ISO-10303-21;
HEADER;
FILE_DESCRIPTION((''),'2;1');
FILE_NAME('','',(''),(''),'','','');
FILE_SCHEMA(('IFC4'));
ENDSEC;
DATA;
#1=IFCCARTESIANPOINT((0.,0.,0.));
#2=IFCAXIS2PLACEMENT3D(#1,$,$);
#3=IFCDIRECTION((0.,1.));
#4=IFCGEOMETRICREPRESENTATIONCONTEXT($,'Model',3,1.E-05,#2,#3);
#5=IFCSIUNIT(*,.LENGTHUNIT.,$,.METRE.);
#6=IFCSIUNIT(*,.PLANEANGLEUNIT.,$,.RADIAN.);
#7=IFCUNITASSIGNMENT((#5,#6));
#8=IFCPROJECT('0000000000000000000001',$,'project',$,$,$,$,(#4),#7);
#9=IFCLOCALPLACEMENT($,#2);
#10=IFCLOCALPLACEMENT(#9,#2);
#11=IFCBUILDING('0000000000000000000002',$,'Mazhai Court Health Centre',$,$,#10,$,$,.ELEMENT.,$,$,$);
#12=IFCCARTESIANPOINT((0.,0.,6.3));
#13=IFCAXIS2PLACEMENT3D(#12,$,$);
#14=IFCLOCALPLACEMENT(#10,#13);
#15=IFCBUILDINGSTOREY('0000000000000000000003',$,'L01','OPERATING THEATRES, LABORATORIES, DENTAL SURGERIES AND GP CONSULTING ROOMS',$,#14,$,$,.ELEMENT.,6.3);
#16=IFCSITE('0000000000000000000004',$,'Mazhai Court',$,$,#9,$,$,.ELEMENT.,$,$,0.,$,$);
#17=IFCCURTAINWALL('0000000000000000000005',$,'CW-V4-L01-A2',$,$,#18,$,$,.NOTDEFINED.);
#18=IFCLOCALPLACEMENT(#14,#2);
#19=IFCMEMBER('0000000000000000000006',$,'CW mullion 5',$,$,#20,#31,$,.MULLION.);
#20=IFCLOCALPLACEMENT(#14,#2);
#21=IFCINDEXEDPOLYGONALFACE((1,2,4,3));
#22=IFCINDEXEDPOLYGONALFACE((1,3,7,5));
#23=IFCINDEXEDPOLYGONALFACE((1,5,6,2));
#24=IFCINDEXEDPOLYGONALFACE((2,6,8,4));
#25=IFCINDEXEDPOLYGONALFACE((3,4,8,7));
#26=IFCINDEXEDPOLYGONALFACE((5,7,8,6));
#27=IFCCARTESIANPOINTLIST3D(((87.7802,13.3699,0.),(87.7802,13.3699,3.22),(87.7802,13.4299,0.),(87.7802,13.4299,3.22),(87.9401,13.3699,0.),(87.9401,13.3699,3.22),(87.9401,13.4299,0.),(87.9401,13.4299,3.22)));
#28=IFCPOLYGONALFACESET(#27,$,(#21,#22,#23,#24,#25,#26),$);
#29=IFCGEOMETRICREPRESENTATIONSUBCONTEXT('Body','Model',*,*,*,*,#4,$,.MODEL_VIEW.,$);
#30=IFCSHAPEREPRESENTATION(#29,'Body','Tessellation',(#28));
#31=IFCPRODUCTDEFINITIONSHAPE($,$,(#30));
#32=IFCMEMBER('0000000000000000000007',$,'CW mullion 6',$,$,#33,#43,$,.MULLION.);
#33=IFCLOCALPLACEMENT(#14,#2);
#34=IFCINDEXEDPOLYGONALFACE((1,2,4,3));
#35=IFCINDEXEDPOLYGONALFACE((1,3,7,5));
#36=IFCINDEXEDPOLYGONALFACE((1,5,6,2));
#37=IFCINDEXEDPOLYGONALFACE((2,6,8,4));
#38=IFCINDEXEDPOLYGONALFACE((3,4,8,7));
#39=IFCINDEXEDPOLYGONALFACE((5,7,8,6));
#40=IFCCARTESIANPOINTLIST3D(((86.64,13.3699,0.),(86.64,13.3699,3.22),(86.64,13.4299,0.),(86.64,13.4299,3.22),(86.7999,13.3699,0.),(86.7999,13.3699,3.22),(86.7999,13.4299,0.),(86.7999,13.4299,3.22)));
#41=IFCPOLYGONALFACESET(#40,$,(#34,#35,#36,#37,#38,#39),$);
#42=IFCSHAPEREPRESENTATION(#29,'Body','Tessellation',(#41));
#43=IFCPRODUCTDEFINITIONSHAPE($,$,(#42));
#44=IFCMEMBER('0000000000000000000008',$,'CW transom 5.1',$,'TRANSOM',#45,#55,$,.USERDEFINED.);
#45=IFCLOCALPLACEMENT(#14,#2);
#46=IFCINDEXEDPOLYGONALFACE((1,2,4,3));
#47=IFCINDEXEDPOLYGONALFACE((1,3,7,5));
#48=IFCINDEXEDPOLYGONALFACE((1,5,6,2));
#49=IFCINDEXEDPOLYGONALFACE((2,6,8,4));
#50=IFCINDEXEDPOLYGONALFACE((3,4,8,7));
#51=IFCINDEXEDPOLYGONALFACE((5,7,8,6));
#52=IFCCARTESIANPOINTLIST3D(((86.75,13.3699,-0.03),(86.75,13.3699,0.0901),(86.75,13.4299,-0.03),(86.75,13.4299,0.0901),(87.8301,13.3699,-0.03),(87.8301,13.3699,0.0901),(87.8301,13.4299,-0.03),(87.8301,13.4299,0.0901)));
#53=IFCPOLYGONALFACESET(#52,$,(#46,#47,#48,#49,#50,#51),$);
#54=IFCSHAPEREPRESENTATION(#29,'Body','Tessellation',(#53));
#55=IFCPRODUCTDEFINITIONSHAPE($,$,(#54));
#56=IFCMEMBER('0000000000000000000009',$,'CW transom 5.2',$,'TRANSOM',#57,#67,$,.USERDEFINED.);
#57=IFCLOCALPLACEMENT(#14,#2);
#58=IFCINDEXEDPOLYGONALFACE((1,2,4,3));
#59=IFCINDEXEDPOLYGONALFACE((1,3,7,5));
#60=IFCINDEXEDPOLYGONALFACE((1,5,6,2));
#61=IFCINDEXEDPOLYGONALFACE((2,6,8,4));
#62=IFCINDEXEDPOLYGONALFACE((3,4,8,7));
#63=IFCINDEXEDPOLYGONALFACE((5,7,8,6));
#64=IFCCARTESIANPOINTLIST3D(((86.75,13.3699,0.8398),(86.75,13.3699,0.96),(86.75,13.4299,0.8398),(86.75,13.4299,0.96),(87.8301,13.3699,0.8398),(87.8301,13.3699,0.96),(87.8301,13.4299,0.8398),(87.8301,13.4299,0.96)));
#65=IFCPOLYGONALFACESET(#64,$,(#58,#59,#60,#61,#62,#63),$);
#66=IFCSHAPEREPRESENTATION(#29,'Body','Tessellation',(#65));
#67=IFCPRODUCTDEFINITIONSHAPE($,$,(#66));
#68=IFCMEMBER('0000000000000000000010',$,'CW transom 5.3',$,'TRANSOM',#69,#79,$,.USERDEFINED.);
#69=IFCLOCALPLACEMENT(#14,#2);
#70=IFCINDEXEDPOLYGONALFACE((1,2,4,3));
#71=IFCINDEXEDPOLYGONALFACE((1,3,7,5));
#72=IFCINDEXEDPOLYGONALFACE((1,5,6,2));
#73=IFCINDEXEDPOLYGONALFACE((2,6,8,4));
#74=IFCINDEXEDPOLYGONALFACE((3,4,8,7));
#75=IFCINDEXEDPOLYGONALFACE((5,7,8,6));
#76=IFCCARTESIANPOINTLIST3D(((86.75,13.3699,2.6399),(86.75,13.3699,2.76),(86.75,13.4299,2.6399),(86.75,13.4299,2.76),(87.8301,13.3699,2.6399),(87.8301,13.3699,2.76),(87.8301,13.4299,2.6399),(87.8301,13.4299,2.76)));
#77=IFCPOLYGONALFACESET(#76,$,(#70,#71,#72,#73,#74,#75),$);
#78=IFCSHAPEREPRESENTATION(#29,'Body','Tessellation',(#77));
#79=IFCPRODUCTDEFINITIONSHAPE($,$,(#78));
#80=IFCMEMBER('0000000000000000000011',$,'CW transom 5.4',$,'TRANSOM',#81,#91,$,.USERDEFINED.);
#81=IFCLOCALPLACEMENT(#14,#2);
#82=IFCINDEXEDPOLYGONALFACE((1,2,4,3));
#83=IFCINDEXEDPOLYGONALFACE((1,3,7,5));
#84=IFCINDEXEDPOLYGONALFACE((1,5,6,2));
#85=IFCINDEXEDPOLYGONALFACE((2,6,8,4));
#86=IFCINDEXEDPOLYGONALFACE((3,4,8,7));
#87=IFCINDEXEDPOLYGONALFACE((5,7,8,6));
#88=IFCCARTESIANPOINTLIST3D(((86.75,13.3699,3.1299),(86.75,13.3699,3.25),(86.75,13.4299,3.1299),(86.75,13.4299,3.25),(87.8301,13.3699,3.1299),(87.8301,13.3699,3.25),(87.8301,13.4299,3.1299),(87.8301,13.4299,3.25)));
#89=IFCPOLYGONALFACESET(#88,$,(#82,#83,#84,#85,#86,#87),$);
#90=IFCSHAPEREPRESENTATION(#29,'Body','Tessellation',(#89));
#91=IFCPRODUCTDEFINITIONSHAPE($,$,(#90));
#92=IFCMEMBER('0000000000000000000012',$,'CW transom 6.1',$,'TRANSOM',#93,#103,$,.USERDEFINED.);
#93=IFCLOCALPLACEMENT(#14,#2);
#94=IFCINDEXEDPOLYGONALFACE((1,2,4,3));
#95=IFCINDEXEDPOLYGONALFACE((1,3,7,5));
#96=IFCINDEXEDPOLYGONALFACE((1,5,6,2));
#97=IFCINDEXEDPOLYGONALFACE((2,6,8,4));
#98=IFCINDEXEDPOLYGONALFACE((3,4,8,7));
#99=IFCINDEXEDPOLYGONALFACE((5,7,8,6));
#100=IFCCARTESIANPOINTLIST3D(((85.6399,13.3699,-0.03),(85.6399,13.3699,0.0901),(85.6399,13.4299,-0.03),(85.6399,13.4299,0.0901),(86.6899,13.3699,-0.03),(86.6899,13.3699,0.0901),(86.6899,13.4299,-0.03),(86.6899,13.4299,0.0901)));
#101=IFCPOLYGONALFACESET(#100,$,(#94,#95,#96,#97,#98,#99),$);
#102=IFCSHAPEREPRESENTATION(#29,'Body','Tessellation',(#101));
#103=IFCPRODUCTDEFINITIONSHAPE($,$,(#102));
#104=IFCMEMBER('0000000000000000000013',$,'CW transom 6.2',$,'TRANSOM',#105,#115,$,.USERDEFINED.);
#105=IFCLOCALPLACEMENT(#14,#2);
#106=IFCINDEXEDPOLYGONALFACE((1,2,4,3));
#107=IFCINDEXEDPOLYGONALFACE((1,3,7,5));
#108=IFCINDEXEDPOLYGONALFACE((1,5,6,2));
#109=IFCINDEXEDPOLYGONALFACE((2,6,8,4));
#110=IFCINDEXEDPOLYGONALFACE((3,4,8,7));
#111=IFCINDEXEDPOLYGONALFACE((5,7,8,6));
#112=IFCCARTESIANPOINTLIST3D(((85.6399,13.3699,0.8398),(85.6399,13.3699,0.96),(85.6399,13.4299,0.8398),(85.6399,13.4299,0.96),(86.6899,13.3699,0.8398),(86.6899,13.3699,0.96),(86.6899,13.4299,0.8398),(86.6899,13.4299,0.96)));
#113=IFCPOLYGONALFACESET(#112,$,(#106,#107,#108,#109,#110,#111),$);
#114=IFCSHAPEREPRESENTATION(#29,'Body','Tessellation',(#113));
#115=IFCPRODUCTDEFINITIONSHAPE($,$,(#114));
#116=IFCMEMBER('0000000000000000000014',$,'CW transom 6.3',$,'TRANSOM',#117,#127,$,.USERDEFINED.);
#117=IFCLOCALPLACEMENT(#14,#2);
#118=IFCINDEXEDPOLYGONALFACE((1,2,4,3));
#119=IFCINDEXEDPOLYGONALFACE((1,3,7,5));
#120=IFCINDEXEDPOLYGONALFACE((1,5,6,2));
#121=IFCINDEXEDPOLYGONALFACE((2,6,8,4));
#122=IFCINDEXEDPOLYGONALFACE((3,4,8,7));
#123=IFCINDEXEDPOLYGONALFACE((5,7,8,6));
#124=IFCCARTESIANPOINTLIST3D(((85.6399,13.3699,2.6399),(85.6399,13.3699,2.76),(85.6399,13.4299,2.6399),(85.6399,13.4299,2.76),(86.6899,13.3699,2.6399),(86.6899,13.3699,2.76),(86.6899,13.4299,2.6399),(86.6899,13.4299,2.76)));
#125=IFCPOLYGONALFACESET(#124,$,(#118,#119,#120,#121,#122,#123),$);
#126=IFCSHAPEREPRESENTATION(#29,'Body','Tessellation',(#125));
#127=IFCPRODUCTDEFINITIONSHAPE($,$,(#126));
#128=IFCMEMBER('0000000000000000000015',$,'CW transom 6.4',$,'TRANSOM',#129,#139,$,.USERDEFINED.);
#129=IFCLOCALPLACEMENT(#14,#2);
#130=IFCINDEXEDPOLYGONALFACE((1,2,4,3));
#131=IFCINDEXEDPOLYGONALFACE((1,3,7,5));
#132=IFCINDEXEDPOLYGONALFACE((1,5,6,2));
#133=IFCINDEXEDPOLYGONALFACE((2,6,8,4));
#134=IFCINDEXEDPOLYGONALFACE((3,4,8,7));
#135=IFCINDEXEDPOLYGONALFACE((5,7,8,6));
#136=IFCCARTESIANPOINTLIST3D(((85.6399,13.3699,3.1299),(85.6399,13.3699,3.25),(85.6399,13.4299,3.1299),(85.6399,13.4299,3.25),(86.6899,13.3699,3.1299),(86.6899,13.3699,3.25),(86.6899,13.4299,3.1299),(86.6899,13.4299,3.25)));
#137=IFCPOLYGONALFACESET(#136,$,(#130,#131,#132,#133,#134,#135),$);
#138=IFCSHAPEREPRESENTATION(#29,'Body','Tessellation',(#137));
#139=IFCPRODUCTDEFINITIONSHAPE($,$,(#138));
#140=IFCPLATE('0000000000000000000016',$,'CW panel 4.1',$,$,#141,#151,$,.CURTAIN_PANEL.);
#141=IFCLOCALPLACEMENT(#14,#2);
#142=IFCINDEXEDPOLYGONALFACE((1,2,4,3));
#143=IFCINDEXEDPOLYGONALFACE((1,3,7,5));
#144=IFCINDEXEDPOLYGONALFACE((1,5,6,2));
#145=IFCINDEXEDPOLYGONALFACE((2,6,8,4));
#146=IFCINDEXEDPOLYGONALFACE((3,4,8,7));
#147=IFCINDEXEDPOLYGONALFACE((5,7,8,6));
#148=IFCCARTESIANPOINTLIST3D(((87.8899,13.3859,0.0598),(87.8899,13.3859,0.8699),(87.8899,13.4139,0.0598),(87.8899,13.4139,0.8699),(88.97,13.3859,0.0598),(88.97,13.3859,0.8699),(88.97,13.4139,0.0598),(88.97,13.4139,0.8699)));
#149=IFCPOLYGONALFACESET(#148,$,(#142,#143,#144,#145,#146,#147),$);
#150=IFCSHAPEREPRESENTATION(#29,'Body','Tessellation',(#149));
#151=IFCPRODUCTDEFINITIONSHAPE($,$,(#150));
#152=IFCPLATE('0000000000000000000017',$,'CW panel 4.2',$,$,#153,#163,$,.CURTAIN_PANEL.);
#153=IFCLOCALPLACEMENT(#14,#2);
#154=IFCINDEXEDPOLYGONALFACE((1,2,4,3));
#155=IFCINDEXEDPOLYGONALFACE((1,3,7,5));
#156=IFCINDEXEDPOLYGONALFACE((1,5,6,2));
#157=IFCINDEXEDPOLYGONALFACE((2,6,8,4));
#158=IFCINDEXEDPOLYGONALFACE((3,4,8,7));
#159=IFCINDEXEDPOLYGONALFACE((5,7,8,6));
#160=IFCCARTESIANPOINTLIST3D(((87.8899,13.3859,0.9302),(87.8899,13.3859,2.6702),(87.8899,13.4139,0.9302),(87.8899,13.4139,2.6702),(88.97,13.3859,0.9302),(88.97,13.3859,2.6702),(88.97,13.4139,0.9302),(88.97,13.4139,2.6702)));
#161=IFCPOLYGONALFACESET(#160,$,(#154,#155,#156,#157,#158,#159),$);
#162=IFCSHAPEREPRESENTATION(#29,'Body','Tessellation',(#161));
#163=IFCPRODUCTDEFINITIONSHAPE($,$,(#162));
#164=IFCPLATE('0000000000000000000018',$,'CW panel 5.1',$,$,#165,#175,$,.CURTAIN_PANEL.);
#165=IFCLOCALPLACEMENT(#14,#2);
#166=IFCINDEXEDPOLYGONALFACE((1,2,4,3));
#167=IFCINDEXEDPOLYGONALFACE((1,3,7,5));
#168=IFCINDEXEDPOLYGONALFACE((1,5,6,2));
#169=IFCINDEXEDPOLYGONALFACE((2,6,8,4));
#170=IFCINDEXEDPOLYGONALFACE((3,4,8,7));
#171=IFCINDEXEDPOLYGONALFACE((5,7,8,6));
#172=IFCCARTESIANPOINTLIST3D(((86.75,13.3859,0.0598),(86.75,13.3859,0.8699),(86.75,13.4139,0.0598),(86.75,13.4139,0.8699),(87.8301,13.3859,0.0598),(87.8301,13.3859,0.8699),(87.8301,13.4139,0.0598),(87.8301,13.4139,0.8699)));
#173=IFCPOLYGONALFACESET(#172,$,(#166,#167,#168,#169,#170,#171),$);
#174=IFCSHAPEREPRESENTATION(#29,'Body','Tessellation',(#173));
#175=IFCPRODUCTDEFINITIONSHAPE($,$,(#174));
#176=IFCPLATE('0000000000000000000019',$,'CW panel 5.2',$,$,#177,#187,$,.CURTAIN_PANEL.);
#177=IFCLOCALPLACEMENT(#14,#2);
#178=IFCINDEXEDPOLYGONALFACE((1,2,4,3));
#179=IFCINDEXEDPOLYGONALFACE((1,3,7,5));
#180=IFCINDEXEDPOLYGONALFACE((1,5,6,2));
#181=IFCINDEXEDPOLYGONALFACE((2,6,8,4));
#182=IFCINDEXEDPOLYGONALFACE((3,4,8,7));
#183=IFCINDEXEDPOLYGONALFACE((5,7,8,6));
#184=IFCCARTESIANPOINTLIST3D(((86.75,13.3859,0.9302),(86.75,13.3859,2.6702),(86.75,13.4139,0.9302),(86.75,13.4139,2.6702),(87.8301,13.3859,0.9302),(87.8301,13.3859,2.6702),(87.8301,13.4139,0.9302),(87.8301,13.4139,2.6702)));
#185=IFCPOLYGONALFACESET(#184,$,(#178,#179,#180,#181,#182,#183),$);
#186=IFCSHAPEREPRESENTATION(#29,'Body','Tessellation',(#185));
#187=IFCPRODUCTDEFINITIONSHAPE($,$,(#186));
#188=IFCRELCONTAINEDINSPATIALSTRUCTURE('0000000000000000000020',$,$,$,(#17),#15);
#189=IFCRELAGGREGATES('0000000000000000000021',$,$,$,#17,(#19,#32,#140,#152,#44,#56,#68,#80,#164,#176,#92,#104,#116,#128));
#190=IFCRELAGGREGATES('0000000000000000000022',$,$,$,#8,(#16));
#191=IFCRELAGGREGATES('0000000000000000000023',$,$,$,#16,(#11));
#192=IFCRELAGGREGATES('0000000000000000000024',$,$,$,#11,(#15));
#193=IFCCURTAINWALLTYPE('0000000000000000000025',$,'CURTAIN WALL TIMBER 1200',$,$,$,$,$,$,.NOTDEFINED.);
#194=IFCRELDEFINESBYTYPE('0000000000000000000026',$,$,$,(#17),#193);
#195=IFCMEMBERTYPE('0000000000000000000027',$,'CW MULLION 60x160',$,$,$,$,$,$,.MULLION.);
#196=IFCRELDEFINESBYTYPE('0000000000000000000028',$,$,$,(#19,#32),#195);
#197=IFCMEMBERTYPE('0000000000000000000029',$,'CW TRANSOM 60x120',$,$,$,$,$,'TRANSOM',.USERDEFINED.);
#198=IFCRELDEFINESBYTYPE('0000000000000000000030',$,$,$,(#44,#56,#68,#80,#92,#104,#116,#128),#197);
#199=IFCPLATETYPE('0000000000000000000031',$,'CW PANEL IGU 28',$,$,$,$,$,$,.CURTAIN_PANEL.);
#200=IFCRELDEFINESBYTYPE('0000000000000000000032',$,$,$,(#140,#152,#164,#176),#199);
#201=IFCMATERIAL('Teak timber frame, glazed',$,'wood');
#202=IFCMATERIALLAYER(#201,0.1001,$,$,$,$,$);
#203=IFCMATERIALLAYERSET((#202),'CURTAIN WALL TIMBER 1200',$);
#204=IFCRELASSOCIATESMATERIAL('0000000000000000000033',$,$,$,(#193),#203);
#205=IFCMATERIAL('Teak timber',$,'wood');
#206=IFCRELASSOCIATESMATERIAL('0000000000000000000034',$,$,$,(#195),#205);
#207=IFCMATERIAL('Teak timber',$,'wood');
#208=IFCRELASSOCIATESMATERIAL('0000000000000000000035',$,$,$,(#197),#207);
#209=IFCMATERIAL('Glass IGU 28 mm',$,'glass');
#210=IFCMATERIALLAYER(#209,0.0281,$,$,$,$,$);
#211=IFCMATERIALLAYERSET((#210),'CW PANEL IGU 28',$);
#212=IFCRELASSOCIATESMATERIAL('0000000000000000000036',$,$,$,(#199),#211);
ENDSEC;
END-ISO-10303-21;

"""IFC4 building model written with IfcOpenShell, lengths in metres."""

from ifc_helpers import new_model, si_unit, direction, frame, origin, origin_2d, place, context, subcontext, project, spatial, rectangle, extrude, material, layer, layer_set, material_profile, profile_set, type_object, element, aggregate, save


model = new_model("IFC4")

# Units and contexts
model_context = context("Model", 3, precision=1e-05, world=origin(), true_north=direction((0.0, 1.0)))
body_context = subcontext(model_context, "Body", "Model", "MODEL_VIEW")
ifc_project = project(units=[si_unit("LENGTHUNIT", "METRE"), si_unit("PLANEANGLEUNIT", "RADIAN")], contexts=[model_context])

# Site, building, storey
site_placement = place(None, origin())
site = spatial("IfcSite", under=ifc_project, at=site_placement, Name="Mazhai Court", CompositionType="ELEMENT", RefElevation=0.0)
building_placement = place(site_placement, origin())
building = spatial("IfcBuilding", under=site, at=building_placement, Name="Mazhai Court Health Centre", CompositionType="ELEMENT")
storey_placement = place(building_placement, frame((0.0, 0.0, 6.3)))
storey = spatial("IfcBuildingStorey", under=building, at=storey_placement, Name="L01", Description="OPERATING THEATRES, LABORATORIES, DENTAL SURGERIES AND GP CONSULTING ROOMS", CompositionType="ELEMENT", Elevation=6.3)

# Curtain wall, members, plates
ifc_material_1 = material(Name="Teak timber frame, glazed", Category="wood")
ifc_layer_1 = layer(ifc_material_1, 0.1001)
ifc_layer_set_1 = layer_set([ifc_layer_1], Name="CURTAIN WALL TIMBER 1200")
curtain_wall_type = type_object("IfcCurtainWallType", Name="CURTAIN WALL TIMBER 1200", PredefinedType="NOTDEFINED", material=ifc_layer_set_1)
curtain_wall_placement = place(storey_placement, origin())
curtain_wall = element("IfcCurtainWall", 1, at=curtain_wall_placement, inside=storey, type_object=curtain_wall_type, Name="CW-V4-L01-A2", PredefinedType="NOTDEFINED")
ifc_material_2 = material(Name="Teak timber", Category="wood")
ifc_material_profile_1 = material_profile(ifc_material_2, rectangle(XDim=0.0601, YDim=0.1599, at=origin_2d()), Name="CW MULLION 60x160")
ifc_profile_set_1 = profile_set([ifc_material_profile_1], Name="Teak timber")
member_type_1 = type_object("IfcMemberType", Name="CW MULLION 60x160", PredefinedType="MULLION", material=ifc_profile_set_1)
member_1_placement = place(storey_placement, frame((87.8601, 13.3999, 0.0), z_axis=(0.0, 0.0, 1.0), x_axis=(0.0, -1.0, 0.0)))
member_1 = element("IfcMember", 2, at=member_1_placement, type_object=member_type_1, Name="CW mullion 5", PredefinedType="MULLION", context=body_context, shape_type="SweptSolid", body=[
    extrude(rectangle(XDim=0.0601, YDim=0.1599, at=origin_2d()), origin(), (0.0, 0.0, 1.0), 3.22),
])
member_2_placement = place(storey_placement, frame((86.72, 13.3999, 0.0), z_axis=(0.0, 0.0, 1.0), x_axis=(0.0, -1.0, 0.0)))
member_2 = element("IfcMember", 3, at=member_2_placement, type_object=member_type_1, Name="CW mullion 6", PredefinedType="MULLION", context=body_context, shape_type="SweptSolid", body=[
    extrude(rectangle(XDim=0.0601, YDim=0.1599, at=origin_2d()), origin(), (0.0, 0.0, 1.0), 3.22),
])
ifc_material_3 = material(Name="Teak timber", Category="wood")
ifc_material_profile_2 = material_profile(ifc_material_3, rectangle(XDim=0.0601, YDim=0.1201, at=origin_2d()), Name="CW TRANSOM 60x120")
ifc_profile_set_2 = profile_set([ifc_material_profile_2], Name="Teak timber")
member_type_2 = type_object("IfcMemberType", Name="CW TRANSOM 60x120", ElementType="TRANSOM", PredefinedType="USERDEFINED", material=ifc_profile_set_2)
member_3_placement = place(storey_placement, frame((87.8301, 13.3999, 0.03), z_axis=(-1.0, 0.0, 0.0), x_axis=(0.0, -1.0, 0.0)))
member_3 = element("IfcMember", 4, at=member_3_placement, type_object=member_type_2, Name="CW transom 5.1", ObjectType="TRANSOM", PredefinedType="USERDEFINED", context=body_context, shape_type="SweptSolid", body=[
    extrude(rectangle(XDim=0.0601, YDim=0.1201, at=origin_2d()), origin(), (0.0, 0.0, 1.0), 1.0801),
])
member_4_placement = place(storey_placement, frame((87.8301, 13.3999, 0.8999), z_axis=(-1.0, 0.0, 0.0), x_axis=(0.0, -1.0, 0.0)))
member_4 = element("IfcMember", 5, at=member_4_placement, type_object=member_type_2, Name="CW transom 5.2", ObjectType="TRANSOM", PredefinedType="USERDEFINED", context=body_context, shape_type="SweptSolid", body=[
    extrude(rectangle(XDim=0.0601, YDim=0.1201, at=origin_2d()), origin(), (0.0, 0.0, 1.0), 1.0801),
])
member_5_placement = place(storey_placement, frame((87.8301, 13.3999, 2.7), z_axis=(-1.0, 0.0, 0.0), x_axis=(0.0, -1.0, 0.0)))
member_5 = element("IfcMember", 6, at=member_5_placement, type_object=member_type_2, Name="CW transom 5.3", ObjectType="TRANSOM", PredefinedType="USERDEFINED", context=body_context, shape_type="SweptSolid", body=[
    extrude(rectangle(XDim=0.0601, YDim=0.1201, at=origin_2d()), origin(), (0.0, 0.0, 1.0), 1.0801),
])
member_6_placement = place(storey_placement, frame((87.8301, 13.3999, 3.1899), z_axis=(-1.0, 0.0, 0.0), x_axis=(0.0, -1.0, 0.0)))
member_6 = element("IfcMember", 7, at=member_6_placement, type_object=member_type_2, Name="CW transom 5.4", ObjectType="TRANSOM", PredefinedType="USERDEFINED", context=body_context, shape_type="SweptSolid", body=[
    extrude(rectangle(XDim=0.0601, YDim=0.1201, at=origin_2d()), origin(), (0.0, 0.0, 1.0), 1.0801),
])
member_7_placement = place(storey_placement, frame((86.6899, 13.3999, 0.03), z_axis=(-1.0, 0.0, 0.0), x_axis=(0.0, -1.0, 0.0)))
member_7 = element("IfcMember", 8, at=member_7_placement, type_object=member_type_2, Name="CW transom 6.1", ObjectType="TRANSOM", PredefinedType="USERDEFINED", context=body_context, shape_type="SweptSolid", body=[
    extrude(rectangle(XDim=0.0601, YDim=0.1201, at=origin_2d()), origin(), (0.0, 0.0, 1.0), 1.05),
])
member_8_placement = place(storey_placement, frame((86.6899, 13.3999, 0.8999), z_axis=(-1.0, 0.0, 0.0), x_axis=(0.0, -1.0, 0.0)))
member_8 = element("IfcMember", 9, at=member_8_placement, type_object=member_type_2, Name="CW transom 6.2", ObjectType="TRANSOM", PredefinedType="USERDEFINED", context=body_context, shape_type="SweptSolid", body=[
    extrude(rectangle(XDim=0.0601, YDim=0.1201, at=origin_2d()), origin(), (0.0, 0.0, 1.0), 1.05),
])
member_9_placement = place(storey_placement, frame((86.6899, 13.3999, 2.7), z_axis=(-1.0, 0.0, 0.0), x_axis=(0.0, -1.0, 0.0)))
member_9 = element("IfcMember", 10, at=member_9_placement, type_object=member_type_2, Name="CW transom 6.3", ObjectType="TRANSOM", PredefinedType="USERDEFINED", context=body_context, shape_type="SweptSolid", body=[
    extrude(rectangle(XDim=0.0601, YDim=0.1201, at=origin_2d()), origin(), (0.0, 0.0, 1.0), 1.05),
])
member_10_placement = place(storey_placement, frame((86.6899, 13.3999, 3.1899), z_axis=(-1.0, 0.0, 0.0), x_axis=(0.0, -1.0, 0.0)))
member_10 = element("IfcMember", 11, at=member_10_placement, type_object=member_type_2, Name="CW transom 6.4", ObjectType="TRANSOM", PredefinedType="USERDEFINED", context=body_context, shape_type="SweptSolid", body=[
    extrude(rectangle(XDim=0.0601, YDim=0.1201, at=origin_2d()), origin(), (0.0, 0.0, 1.0), 1.05),
])
ifc_material_4 = material(Name="Glass IGU 28 mm", Category="glass")
ifc_layer_2 = layer(ifc_material_4, 0.0281)
ifc_layer_set_2 = layer_set([ifc_layer_2], Name="CW PANEL IGU 28")
plate_type = type_object("IfcPlateType", Name="CW PANEL IGU 28", PredefinedType="CURTAIN_PANEL", material=ifc_layer_set_2)
plate_1_placement = place(storey_placement, frame((88.4299, 13.3999, 0.0598), z_axis=(0.0, 0.0, 1.0), x_axis=(-1.0, 0.0, 0.0)))
plate_1 = element("IfcPlate", 12, at=plate_1_placement, type_object=plate_type, Name="CW panel 4.1", PredefinedType="CURTAIN_PANEL", context=body_context, shape_type="SweptSolid", body=[
    extrude(rectangle(XDim=1.0801, YDim=0.0281, at=origin_2d()), origin(), (0.0, 0.0, 1.0), 0.8101),
])
plate_2_placement = place(storey_placement, frame((88.4299, 13.3999, 0.9302), z_axis=(0.0, 0.0, 1.0), x_axis=(-1.0, 0.0, 0.0)))
plate_2 = element("IfcPlate", 13, at=plate_2_placement, type_object=plate_type, Name="CW panel 4.2", PredefinedType="CURTAIN_PANEL", context=body_context, shape_type="SweptSolid", body=[
    extrude(rectangle(XDim=1.0801, YDim=0.0281, at=origin_2d()), origin(), (0.0, 0.0, 1.0), 1.74),
])
plate_3_placement = place(storey_placement, frame((87.29, 13.3999, 0.0598), z_axis=(0.0, 0.0, 1.0), x_axis=(-1.0, 0.0, 0.0)))
plate_3 = element("IfcPlate", 14, at=plate_3_placement, type_object=plate_type, Name="CW panel 5.1", PredefinedType="CURTAIN_PANEL", context=body_context, shape_type="SweptSolid", body=[
    extrude(rectangle(XDim=1.0801, YDim=0.0281, at=origin_2d()), origin(), (0.0, 0.0, 1.0), 0.8101),
])
plate_4_placement = place(storey_placement, frame((87.29, 13.3999, 0.9302), z_axis=(0.0, 0.0, 1.0), x_axis=(-1.0, 0.0, 0.0)))
plate_4 = element("IfcPlate", 15, at=plate_4_placement, type_object=plate_type, Name="CW panel 5.2", PredefinedType="CURTAIN_PANEL", context=body_context, shape_type="SweptSolid", body=[
    extrude(rectangle(XDim=1.0801, YDim=0.0281, at=origin_2d()), origin(), (0.0, 0.0, 1.0), 1.74),
])
aggregate(curtain_wall, [member_1, member_2, plate_1, plate_2, member_3, member_4, member_5, member_6, plate_3, plate_4, member_7, member_8, member_9, member_10])

save(model, "model.ifc")
